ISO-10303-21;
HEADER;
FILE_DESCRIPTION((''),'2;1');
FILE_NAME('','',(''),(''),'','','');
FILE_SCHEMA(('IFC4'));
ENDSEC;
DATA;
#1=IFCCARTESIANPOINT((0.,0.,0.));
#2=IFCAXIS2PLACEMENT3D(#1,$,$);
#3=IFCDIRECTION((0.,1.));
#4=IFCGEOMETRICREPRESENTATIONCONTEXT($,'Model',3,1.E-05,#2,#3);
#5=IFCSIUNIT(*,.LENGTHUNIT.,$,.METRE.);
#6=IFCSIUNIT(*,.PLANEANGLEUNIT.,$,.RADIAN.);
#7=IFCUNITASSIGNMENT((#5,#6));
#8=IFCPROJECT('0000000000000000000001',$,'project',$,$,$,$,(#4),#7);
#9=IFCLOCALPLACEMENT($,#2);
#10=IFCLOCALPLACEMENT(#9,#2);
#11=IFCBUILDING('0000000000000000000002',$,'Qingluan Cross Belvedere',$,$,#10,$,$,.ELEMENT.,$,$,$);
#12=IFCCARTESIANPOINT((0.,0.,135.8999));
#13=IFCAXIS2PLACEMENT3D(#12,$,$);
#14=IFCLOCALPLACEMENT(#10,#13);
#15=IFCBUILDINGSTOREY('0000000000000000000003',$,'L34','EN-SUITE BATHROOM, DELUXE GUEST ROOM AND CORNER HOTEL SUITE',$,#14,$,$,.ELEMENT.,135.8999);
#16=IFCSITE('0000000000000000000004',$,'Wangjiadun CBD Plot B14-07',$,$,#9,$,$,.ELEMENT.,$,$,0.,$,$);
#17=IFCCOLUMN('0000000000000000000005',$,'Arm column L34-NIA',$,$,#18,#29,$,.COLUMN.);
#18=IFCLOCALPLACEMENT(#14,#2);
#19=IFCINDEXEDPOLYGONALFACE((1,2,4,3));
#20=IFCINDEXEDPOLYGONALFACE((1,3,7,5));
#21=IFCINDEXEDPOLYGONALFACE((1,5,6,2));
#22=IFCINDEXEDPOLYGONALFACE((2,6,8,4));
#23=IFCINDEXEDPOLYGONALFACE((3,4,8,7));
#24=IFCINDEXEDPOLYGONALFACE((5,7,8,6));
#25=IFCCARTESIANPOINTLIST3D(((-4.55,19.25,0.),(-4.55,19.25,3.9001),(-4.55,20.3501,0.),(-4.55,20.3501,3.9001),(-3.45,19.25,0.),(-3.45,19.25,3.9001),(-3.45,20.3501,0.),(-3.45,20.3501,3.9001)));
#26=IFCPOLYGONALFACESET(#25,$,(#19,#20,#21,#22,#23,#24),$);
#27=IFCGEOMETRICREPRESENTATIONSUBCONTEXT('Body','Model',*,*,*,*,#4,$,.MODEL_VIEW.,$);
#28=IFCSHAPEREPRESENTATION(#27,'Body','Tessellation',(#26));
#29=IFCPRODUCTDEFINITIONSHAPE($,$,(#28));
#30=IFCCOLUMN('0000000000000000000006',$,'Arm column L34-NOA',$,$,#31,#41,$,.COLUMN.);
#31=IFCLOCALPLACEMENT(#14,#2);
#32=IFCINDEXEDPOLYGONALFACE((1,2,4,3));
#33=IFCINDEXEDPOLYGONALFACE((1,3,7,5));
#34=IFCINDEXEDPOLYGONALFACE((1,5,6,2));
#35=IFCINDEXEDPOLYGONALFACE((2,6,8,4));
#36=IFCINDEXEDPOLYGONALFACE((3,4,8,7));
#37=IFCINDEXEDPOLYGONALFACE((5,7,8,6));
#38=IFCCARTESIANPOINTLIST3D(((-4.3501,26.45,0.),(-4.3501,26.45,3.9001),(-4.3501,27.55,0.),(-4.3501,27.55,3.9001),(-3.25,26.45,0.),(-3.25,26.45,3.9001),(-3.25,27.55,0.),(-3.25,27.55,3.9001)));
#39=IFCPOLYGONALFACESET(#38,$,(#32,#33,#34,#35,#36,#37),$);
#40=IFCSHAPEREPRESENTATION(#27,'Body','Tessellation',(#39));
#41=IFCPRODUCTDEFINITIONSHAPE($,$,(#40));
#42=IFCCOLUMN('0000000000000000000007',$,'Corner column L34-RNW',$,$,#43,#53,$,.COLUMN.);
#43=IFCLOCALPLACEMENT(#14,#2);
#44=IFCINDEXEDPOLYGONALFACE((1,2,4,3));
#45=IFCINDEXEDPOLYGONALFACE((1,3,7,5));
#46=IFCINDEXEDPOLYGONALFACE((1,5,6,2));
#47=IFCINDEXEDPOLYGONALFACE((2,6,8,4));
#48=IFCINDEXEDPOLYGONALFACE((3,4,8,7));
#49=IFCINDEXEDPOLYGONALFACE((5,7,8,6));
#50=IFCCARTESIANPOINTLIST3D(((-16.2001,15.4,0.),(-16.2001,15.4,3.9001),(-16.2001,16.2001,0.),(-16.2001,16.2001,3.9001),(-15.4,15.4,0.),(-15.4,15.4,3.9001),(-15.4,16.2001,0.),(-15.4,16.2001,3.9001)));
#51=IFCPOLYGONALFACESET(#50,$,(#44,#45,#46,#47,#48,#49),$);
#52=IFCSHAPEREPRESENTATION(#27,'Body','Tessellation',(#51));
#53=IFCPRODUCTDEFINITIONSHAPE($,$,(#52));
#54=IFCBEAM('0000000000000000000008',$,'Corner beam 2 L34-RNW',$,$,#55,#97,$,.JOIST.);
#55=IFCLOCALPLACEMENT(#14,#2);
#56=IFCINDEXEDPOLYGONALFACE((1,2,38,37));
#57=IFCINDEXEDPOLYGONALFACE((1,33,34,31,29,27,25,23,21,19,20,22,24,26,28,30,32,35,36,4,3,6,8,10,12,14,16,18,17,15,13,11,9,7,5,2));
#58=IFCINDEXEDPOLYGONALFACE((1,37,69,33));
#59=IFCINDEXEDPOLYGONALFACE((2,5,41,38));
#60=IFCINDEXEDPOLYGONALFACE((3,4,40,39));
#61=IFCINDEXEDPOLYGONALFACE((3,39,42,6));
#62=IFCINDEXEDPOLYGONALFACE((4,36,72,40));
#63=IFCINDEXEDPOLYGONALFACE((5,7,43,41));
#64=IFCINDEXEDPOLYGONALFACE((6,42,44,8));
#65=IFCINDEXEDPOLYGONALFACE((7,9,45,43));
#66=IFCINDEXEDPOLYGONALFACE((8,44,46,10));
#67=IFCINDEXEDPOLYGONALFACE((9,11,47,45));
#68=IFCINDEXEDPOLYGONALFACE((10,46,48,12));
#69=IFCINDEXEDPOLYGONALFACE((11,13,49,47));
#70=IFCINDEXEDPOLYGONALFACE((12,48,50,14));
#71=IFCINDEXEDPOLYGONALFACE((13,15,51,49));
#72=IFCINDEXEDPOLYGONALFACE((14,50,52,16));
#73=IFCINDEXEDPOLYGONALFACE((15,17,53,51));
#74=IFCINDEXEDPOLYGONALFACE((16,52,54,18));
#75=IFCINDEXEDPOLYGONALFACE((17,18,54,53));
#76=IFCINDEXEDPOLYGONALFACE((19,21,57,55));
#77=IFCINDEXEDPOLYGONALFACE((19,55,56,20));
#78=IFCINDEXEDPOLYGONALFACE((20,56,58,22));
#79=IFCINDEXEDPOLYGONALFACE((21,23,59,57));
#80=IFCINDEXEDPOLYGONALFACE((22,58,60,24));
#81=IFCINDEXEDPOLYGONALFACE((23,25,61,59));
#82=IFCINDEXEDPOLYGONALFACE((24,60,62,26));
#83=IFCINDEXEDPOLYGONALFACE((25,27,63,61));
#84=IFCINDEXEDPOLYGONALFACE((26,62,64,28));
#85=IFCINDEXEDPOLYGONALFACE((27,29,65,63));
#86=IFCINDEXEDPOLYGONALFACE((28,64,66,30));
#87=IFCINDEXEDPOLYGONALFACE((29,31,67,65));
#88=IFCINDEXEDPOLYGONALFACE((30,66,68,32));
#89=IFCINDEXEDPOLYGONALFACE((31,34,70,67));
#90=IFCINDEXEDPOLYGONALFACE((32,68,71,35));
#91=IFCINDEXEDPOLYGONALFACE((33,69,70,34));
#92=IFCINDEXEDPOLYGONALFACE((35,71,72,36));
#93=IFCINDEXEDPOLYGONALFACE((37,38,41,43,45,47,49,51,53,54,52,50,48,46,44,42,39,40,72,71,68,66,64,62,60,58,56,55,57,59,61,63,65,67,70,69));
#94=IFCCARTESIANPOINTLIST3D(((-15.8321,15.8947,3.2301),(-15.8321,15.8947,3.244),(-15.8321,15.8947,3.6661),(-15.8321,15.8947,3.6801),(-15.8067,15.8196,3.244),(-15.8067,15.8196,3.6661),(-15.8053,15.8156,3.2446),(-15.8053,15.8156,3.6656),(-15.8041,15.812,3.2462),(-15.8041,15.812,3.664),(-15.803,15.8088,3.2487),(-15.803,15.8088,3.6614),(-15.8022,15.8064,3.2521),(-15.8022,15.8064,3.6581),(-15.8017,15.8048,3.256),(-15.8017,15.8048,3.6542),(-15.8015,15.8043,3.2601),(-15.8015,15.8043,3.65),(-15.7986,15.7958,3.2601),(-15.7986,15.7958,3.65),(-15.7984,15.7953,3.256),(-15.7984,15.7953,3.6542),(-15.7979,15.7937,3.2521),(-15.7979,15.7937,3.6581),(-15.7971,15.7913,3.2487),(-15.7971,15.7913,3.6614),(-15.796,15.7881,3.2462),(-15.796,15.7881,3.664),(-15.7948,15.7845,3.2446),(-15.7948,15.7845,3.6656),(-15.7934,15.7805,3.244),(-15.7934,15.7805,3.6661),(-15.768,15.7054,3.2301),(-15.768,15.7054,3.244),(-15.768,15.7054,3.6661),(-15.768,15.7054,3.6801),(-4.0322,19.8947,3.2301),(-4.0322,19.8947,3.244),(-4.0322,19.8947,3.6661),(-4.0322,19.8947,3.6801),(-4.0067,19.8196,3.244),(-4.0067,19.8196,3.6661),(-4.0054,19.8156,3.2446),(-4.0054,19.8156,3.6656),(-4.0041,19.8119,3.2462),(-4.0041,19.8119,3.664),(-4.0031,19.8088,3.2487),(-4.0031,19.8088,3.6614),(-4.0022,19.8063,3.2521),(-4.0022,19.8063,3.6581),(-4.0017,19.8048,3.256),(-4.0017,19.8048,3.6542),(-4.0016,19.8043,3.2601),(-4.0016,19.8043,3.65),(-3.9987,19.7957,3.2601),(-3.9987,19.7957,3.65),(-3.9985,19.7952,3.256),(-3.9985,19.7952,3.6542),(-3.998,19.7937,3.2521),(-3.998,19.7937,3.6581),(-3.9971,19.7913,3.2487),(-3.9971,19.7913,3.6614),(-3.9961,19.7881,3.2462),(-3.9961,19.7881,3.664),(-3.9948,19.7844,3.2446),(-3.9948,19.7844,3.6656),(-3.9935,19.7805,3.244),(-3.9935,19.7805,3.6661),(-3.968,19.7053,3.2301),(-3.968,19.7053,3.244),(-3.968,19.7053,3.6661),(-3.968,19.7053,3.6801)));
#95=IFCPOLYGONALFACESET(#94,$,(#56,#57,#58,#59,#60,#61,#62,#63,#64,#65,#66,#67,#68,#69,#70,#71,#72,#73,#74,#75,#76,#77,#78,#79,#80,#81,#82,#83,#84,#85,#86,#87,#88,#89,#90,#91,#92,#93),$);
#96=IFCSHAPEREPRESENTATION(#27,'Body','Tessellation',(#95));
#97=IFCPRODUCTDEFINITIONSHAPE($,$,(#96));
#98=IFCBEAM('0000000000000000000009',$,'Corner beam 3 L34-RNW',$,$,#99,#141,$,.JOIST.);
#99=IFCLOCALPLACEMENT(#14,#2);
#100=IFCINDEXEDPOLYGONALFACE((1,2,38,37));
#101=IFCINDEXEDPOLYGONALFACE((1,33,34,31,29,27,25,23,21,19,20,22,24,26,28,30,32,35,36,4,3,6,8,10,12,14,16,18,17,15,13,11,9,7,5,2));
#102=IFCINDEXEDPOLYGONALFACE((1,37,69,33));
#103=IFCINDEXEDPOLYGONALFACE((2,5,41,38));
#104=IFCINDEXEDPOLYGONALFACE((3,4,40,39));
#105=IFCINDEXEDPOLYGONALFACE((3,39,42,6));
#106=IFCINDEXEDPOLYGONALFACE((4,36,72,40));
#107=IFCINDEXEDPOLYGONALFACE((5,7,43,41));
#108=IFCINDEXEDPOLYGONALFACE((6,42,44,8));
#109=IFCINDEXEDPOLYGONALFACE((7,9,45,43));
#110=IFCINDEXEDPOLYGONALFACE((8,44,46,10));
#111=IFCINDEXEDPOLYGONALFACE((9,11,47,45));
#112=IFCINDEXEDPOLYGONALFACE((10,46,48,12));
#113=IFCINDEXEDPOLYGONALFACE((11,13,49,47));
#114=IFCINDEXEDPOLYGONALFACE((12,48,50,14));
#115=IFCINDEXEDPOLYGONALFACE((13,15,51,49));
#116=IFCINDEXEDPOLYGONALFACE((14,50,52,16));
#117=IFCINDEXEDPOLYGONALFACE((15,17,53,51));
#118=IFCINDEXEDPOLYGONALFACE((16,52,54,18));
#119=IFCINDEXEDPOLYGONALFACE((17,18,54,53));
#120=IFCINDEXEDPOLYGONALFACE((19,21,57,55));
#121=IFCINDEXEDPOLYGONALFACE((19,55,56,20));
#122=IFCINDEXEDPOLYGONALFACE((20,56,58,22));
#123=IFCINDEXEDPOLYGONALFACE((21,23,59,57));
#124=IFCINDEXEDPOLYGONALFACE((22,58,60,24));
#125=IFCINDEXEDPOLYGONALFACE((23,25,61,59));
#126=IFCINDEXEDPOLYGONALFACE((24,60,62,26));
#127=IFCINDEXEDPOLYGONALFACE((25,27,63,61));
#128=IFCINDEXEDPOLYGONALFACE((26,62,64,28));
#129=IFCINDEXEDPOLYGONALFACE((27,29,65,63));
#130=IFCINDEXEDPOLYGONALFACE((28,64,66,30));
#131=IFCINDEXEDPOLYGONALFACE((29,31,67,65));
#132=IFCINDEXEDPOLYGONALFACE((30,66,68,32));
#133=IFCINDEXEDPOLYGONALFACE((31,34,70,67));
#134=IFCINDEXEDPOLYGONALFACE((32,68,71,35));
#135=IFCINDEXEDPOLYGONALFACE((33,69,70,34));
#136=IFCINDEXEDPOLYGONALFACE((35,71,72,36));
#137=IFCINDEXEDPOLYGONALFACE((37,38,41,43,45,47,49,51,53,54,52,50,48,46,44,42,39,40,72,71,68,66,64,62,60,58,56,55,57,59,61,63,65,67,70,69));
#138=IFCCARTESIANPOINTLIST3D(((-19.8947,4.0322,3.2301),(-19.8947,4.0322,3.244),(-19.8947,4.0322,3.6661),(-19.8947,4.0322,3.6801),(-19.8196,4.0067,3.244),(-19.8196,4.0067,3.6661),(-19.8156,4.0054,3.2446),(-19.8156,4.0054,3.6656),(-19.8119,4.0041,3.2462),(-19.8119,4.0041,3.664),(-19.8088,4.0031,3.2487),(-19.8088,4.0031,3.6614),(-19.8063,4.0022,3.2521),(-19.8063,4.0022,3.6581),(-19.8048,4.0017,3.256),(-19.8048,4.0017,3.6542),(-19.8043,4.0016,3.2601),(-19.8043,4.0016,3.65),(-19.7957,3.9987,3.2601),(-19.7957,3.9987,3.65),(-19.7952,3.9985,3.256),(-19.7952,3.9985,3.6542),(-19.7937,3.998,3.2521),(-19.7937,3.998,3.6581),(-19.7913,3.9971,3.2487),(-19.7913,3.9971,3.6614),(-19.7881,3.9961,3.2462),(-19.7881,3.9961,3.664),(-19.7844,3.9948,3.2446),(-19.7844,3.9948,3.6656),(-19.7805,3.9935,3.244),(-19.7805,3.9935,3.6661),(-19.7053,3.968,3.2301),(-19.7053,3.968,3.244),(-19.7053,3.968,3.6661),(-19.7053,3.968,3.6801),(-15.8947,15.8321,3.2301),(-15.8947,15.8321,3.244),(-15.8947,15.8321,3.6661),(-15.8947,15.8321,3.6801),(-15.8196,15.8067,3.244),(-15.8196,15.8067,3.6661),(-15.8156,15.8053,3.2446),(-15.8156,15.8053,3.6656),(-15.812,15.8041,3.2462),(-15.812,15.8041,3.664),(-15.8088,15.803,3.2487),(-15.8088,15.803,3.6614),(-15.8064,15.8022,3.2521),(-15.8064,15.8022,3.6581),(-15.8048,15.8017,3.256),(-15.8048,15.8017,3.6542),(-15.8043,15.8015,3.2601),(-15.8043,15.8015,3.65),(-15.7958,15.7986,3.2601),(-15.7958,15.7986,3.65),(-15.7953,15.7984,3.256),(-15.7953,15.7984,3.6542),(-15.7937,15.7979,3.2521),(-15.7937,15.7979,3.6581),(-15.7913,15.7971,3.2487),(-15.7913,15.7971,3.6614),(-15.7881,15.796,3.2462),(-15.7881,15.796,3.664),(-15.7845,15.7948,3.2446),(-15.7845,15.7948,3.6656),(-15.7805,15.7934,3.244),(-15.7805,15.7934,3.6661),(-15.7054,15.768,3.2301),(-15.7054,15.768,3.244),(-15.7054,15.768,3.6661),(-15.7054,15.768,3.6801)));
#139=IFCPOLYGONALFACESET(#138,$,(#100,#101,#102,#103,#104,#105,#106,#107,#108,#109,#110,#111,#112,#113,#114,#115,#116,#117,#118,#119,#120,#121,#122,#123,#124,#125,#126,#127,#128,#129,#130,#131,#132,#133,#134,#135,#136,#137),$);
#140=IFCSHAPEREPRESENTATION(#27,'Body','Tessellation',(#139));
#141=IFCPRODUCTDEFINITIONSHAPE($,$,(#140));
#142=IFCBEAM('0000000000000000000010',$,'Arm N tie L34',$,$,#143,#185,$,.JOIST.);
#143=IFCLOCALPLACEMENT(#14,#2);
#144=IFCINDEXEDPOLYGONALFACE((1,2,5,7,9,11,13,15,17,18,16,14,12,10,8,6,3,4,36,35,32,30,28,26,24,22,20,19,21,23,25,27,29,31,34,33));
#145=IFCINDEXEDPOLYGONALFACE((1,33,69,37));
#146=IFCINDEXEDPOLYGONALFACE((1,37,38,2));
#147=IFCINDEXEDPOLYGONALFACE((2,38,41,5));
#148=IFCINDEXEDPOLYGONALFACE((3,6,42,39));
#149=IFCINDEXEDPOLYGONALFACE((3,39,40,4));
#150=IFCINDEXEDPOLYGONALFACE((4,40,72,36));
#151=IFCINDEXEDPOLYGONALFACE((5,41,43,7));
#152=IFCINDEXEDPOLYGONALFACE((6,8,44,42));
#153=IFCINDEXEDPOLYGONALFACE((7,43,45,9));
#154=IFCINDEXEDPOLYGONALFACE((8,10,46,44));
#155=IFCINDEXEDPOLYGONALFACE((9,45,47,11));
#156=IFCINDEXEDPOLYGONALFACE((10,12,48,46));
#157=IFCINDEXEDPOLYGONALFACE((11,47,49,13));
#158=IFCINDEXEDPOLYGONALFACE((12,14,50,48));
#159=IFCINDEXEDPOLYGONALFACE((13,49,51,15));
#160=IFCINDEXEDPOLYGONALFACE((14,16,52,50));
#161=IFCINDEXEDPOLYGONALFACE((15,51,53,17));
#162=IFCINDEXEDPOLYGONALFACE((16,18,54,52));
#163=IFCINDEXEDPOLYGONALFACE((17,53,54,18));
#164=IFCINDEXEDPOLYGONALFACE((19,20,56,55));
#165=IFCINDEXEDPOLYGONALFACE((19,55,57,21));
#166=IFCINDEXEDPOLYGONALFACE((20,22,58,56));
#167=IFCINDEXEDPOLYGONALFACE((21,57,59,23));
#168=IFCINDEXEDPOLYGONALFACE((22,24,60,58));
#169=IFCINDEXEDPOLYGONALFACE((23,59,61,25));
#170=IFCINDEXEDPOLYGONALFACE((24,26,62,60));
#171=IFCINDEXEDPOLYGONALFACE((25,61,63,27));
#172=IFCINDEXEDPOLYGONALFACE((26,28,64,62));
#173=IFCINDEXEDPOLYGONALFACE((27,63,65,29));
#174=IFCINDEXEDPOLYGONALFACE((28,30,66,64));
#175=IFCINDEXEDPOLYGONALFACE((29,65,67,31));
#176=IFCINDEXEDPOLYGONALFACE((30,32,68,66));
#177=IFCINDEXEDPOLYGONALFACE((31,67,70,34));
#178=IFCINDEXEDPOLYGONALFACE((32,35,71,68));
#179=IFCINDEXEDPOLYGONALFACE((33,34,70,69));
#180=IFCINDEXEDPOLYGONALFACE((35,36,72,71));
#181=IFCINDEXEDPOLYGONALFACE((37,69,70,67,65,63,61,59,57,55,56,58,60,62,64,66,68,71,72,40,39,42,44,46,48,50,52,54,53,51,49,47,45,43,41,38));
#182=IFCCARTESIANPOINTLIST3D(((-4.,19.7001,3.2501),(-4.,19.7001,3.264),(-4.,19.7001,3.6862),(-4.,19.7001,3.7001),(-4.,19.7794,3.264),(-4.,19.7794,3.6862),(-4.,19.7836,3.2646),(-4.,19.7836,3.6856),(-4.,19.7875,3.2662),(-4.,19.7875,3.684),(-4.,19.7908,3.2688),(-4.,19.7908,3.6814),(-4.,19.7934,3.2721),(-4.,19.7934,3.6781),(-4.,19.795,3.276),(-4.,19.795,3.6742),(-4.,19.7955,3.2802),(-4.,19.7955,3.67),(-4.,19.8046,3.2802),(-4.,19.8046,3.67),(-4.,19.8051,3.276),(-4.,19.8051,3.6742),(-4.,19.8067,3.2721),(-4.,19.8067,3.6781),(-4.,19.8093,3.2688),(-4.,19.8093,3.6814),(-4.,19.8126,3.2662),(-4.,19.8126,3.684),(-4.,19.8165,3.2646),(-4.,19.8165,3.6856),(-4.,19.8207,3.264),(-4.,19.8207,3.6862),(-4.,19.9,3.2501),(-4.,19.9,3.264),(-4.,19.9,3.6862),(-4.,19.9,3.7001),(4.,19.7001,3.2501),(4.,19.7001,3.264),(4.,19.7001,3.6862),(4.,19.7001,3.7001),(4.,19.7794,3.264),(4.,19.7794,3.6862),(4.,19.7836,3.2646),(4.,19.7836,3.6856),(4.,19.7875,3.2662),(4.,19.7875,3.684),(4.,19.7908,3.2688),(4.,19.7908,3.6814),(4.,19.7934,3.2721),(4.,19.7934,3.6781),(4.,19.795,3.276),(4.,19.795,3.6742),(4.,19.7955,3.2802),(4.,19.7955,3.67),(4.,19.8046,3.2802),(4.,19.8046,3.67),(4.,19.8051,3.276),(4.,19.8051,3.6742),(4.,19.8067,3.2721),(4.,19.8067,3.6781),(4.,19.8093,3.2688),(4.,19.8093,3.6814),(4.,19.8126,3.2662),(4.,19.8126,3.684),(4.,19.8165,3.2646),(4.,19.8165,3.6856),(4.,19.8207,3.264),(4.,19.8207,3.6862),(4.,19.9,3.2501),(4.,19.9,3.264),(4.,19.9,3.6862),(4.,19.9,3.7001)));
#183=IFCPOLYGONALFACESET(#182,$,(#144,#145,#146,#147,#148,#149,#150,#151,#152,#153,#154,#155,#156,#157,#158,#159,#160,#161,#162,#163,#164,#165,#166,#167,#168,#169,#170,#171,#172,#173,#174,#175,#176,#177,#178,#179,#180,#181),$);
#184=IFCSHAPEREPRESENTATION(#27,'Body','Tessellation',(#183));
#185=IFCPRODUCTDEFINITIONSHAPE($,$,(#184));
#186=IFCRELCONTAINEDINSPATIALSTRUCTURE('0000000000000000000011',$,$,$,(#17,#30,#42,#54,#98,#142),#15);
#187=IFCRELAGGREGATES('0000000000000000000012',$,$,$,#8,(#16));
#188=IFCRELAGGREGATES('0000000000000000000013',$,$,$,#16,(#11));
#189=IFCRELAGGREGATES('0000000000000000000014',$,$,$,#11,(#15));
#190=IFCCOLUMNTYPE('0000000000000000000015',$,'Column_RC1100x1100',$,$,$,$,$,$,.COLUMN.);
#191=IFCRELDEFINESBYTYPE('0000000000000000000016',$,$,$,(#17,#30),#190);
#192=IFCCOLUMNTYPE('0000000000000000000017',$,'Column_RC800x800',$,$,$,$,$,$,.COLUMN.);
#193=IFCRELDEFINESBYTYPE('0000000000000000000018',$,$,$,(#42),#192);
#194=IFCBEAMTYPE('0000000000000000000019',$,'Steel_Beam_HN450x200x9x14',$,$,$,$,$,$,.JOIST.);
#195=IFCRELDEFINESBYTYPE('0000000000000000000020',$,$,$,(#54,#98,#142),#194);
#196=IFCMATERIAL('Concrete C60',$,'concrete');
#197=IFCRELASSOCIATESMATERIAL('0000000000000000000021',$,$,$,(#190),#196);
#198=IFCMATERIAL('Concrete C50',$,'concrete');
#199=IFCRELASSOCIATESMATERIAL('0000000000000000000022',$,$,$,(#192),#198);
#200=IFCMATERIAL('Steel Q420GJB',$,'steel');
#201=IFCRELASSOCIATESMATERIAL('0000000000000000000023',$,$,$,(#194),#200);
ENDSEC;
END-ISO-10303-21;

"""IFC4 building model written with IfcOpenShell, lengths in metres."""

from ifc_helpers import new_model, si_unit, direction, frame, origin, origin_2d, place, context, subcontext, project, spatial, rectangle, i_section, extrude, material, material_profile, profile_set, type_object, element, save


model = new_model("IFC4")

# Units and contexts
model_context = context("Model", 3, precision=1e-05, world=origin(), true_north=direction((0.0, 1.0)))
body_context = subcontext(model_context, "Body", "Model", "MODEL_VIEW")
ifc_project = project(units=[si_unit("LENGTHUNIT", "METRE"), si_unit("PLANEANGLEUNIT", "RADIAN")], contexts=[model_context])

# Site, building, storey
site_placement = place(None, origin())
site = spatial("IfcSite", under=ifc_project, at=site_placement, Name="Wangjiadun CBD Plot B14-07", CompositionType="ELEMENT", RefElevation=0.0)
building_placement = place(site_placement, origin())
building = spatial("IfcBuilding", under=site, at=building_placement, Name="Qingluan Cross Belvedere", CompositionType="ELEMENT")
storey_placement = place(building_placement, frame((0.0, 0.0, 135.8999)))
storey = spatial("IfcBuildingStorey", under=building, at=storey_placement, Name="L34", Description="EN-SUITE BATHROOM, DELUXE GUEST ROOM AND CORNER HOTEL SUITE", CompositionType="ELEMENT", Elevation=135.8999)

# Columns
ifc_material_1 = material(Name="Concrete C60", Category="concrete")
ifc_material_profile_1 = material_profile(ifc_material_1, rectangle(XDim=1.1001, YDim=1.1001, at=origin_2d()), Name="RC1100x1100")
ifc_profile_set_1 = profile_set([ifc_material_profile_1], Name="Concrete C60")
column_type_1 = type_object("IfcColumnType", Name="Column_RC1100x1100", PredefinedType="COLUMN", material=ifc_profile_set_1)
for number, where, z_axis, x_axis, name in (
    (1, (-4.0, 19.8, 0.0), (0.0, 0.0, 1.0), (1.0, 0.0, 0.0), "Arm column L34-NIA"),
    (2, (-3.8, 27.0, 0.0), (0.0, 0.0, 1.0), (1.0, 0.0, 0.0), "Arm column L34-NOA"),
):
    element("IfcColumn", number, at=place(storey_placement, frame(where, z_axis=z_axis, x_axis=x_axis)), inside=storey, type_object=column_type_1, Name=name, PredefinedType="COLUMN", context=body_context, shape_type="SweptSolid", body=[
        extrude(rectangle(XDim=1.1001, YDim=1.1001, at=origin_2d()), origin(), (0.0, 0.0, 1.0), 3.9001),
    ])
ifc_material_2 = material(Name="Concrete C50", Category="concrete")
ifc_material_profile_2 = material_profile(ifc_material_2, rectangle(XDim=0.8, YDim=0.8, at=origin_2d()), Name="RC800x800")
ifc_profile_set_2 = profile_set([ifc_material_profile_2], Name="Concrete C50")
column_type_2 = type_object("IfcColumnType", Name="Column_RC800x800", PredefinedType="COLUMN", material=ifc_profile_set_2)
column_placement = place(storey_placement, frame((-15.8, 15.8, 0.0), z_axis=(0.0, 0.0, 1.0), x_axis=(1.0, 0.0, 0.0)))
element("IfcColumn", 3, at=column_placement, inside=storey, type_object=column_type_2, Name="Corner column L34-RNW", PredefinedType="COLUMN", context=body_context, shape_type="SweptSolid", body=[
    extrude(rectangle(XDim=0.8, YDim=0.8, at=origin_2d()), origin(), (0.0, 0.0, 1.0), 3.9001),
])

# Beams
ifc_material_3 = material(Name="Steel Q420GJB", Category="steel")
ifc_material_profile_3 = material_profile(ifc_material_3, i_section(OverallWidth=0.2, OverallDepth=0.45, WebThickness=0.009, FlangeThickness=0.0139, FilletRadius=0.0161, at=origin_2d()), Name="HN450x200x9x14")
ifc_profile_set_3 = profile_set([ifc_material_profile_3], Name="Steel Q420GJB")
beam_type_1 = type_object("IfcBeamType", Name="Steel_Beam_HN450x200x9x14", PredefinedType="JOIST", material=ifc_profile_set_3)
for number, where, z_axis, x_axis, name in (
    (4, (-15.8, 15.8, 3.4551), (0.947066, 0.321038, 0.0), (-0.321038, 0.947066, 0.0), "Corner beam 2 L34-RNW"),
    (5, (-15.8, 15.8, 3.4551), (-0.321038, -0.947066, 0.0), (0.947066, -0.321038, 0.0), "Corner beam 3 L34-RNW"),
):
    element("IfcBeam", number, at=place(storey_placement, frame(where, z_axis=z_axis, x_axis=x_axis)), inside=storey, type_object=beam_type_1, Name=name, PredefinedType="JOIST", context=body_context, shape_type="SweptSolid", body=[
        extrude(i_section(OverallWidth=0.2, OverallDepth=0.45, WebThickness=0.009, FlangeThickness=0.0139, FilletRadius=0.0161, at=origin_2d()), origin(), (0.0, 0.0, 1.0), 12.4595),
    ])
for number, where, z_axis, x_axis, name in (
    (6, (-4.0, 19.8, 3.4751), (1.0, 0.0, 0.0), (0.0, 1.0, 0.0), "Arm N tie L34"),
):
    element("IfcBeam", number, at=place(storey_placement, frame(where, z_axis=z_axis, x_axis=x_axis)), inside=storey, type_object=beam_type_1, Name=name, PredefinedType="JOIST", context=body_context, shape_type="SweptSolid", body=[
        extrude(i_section(OverallWidth=0.2, OverallDepth=0.45, WebThickness=0.009, FlangeThickness=0.0139, FilletRadius=0.0161, at=origin_2d()), origin(), (0.0, 0.0, 1.0), 8.0),
    ])

save(model, "model.ifc")
